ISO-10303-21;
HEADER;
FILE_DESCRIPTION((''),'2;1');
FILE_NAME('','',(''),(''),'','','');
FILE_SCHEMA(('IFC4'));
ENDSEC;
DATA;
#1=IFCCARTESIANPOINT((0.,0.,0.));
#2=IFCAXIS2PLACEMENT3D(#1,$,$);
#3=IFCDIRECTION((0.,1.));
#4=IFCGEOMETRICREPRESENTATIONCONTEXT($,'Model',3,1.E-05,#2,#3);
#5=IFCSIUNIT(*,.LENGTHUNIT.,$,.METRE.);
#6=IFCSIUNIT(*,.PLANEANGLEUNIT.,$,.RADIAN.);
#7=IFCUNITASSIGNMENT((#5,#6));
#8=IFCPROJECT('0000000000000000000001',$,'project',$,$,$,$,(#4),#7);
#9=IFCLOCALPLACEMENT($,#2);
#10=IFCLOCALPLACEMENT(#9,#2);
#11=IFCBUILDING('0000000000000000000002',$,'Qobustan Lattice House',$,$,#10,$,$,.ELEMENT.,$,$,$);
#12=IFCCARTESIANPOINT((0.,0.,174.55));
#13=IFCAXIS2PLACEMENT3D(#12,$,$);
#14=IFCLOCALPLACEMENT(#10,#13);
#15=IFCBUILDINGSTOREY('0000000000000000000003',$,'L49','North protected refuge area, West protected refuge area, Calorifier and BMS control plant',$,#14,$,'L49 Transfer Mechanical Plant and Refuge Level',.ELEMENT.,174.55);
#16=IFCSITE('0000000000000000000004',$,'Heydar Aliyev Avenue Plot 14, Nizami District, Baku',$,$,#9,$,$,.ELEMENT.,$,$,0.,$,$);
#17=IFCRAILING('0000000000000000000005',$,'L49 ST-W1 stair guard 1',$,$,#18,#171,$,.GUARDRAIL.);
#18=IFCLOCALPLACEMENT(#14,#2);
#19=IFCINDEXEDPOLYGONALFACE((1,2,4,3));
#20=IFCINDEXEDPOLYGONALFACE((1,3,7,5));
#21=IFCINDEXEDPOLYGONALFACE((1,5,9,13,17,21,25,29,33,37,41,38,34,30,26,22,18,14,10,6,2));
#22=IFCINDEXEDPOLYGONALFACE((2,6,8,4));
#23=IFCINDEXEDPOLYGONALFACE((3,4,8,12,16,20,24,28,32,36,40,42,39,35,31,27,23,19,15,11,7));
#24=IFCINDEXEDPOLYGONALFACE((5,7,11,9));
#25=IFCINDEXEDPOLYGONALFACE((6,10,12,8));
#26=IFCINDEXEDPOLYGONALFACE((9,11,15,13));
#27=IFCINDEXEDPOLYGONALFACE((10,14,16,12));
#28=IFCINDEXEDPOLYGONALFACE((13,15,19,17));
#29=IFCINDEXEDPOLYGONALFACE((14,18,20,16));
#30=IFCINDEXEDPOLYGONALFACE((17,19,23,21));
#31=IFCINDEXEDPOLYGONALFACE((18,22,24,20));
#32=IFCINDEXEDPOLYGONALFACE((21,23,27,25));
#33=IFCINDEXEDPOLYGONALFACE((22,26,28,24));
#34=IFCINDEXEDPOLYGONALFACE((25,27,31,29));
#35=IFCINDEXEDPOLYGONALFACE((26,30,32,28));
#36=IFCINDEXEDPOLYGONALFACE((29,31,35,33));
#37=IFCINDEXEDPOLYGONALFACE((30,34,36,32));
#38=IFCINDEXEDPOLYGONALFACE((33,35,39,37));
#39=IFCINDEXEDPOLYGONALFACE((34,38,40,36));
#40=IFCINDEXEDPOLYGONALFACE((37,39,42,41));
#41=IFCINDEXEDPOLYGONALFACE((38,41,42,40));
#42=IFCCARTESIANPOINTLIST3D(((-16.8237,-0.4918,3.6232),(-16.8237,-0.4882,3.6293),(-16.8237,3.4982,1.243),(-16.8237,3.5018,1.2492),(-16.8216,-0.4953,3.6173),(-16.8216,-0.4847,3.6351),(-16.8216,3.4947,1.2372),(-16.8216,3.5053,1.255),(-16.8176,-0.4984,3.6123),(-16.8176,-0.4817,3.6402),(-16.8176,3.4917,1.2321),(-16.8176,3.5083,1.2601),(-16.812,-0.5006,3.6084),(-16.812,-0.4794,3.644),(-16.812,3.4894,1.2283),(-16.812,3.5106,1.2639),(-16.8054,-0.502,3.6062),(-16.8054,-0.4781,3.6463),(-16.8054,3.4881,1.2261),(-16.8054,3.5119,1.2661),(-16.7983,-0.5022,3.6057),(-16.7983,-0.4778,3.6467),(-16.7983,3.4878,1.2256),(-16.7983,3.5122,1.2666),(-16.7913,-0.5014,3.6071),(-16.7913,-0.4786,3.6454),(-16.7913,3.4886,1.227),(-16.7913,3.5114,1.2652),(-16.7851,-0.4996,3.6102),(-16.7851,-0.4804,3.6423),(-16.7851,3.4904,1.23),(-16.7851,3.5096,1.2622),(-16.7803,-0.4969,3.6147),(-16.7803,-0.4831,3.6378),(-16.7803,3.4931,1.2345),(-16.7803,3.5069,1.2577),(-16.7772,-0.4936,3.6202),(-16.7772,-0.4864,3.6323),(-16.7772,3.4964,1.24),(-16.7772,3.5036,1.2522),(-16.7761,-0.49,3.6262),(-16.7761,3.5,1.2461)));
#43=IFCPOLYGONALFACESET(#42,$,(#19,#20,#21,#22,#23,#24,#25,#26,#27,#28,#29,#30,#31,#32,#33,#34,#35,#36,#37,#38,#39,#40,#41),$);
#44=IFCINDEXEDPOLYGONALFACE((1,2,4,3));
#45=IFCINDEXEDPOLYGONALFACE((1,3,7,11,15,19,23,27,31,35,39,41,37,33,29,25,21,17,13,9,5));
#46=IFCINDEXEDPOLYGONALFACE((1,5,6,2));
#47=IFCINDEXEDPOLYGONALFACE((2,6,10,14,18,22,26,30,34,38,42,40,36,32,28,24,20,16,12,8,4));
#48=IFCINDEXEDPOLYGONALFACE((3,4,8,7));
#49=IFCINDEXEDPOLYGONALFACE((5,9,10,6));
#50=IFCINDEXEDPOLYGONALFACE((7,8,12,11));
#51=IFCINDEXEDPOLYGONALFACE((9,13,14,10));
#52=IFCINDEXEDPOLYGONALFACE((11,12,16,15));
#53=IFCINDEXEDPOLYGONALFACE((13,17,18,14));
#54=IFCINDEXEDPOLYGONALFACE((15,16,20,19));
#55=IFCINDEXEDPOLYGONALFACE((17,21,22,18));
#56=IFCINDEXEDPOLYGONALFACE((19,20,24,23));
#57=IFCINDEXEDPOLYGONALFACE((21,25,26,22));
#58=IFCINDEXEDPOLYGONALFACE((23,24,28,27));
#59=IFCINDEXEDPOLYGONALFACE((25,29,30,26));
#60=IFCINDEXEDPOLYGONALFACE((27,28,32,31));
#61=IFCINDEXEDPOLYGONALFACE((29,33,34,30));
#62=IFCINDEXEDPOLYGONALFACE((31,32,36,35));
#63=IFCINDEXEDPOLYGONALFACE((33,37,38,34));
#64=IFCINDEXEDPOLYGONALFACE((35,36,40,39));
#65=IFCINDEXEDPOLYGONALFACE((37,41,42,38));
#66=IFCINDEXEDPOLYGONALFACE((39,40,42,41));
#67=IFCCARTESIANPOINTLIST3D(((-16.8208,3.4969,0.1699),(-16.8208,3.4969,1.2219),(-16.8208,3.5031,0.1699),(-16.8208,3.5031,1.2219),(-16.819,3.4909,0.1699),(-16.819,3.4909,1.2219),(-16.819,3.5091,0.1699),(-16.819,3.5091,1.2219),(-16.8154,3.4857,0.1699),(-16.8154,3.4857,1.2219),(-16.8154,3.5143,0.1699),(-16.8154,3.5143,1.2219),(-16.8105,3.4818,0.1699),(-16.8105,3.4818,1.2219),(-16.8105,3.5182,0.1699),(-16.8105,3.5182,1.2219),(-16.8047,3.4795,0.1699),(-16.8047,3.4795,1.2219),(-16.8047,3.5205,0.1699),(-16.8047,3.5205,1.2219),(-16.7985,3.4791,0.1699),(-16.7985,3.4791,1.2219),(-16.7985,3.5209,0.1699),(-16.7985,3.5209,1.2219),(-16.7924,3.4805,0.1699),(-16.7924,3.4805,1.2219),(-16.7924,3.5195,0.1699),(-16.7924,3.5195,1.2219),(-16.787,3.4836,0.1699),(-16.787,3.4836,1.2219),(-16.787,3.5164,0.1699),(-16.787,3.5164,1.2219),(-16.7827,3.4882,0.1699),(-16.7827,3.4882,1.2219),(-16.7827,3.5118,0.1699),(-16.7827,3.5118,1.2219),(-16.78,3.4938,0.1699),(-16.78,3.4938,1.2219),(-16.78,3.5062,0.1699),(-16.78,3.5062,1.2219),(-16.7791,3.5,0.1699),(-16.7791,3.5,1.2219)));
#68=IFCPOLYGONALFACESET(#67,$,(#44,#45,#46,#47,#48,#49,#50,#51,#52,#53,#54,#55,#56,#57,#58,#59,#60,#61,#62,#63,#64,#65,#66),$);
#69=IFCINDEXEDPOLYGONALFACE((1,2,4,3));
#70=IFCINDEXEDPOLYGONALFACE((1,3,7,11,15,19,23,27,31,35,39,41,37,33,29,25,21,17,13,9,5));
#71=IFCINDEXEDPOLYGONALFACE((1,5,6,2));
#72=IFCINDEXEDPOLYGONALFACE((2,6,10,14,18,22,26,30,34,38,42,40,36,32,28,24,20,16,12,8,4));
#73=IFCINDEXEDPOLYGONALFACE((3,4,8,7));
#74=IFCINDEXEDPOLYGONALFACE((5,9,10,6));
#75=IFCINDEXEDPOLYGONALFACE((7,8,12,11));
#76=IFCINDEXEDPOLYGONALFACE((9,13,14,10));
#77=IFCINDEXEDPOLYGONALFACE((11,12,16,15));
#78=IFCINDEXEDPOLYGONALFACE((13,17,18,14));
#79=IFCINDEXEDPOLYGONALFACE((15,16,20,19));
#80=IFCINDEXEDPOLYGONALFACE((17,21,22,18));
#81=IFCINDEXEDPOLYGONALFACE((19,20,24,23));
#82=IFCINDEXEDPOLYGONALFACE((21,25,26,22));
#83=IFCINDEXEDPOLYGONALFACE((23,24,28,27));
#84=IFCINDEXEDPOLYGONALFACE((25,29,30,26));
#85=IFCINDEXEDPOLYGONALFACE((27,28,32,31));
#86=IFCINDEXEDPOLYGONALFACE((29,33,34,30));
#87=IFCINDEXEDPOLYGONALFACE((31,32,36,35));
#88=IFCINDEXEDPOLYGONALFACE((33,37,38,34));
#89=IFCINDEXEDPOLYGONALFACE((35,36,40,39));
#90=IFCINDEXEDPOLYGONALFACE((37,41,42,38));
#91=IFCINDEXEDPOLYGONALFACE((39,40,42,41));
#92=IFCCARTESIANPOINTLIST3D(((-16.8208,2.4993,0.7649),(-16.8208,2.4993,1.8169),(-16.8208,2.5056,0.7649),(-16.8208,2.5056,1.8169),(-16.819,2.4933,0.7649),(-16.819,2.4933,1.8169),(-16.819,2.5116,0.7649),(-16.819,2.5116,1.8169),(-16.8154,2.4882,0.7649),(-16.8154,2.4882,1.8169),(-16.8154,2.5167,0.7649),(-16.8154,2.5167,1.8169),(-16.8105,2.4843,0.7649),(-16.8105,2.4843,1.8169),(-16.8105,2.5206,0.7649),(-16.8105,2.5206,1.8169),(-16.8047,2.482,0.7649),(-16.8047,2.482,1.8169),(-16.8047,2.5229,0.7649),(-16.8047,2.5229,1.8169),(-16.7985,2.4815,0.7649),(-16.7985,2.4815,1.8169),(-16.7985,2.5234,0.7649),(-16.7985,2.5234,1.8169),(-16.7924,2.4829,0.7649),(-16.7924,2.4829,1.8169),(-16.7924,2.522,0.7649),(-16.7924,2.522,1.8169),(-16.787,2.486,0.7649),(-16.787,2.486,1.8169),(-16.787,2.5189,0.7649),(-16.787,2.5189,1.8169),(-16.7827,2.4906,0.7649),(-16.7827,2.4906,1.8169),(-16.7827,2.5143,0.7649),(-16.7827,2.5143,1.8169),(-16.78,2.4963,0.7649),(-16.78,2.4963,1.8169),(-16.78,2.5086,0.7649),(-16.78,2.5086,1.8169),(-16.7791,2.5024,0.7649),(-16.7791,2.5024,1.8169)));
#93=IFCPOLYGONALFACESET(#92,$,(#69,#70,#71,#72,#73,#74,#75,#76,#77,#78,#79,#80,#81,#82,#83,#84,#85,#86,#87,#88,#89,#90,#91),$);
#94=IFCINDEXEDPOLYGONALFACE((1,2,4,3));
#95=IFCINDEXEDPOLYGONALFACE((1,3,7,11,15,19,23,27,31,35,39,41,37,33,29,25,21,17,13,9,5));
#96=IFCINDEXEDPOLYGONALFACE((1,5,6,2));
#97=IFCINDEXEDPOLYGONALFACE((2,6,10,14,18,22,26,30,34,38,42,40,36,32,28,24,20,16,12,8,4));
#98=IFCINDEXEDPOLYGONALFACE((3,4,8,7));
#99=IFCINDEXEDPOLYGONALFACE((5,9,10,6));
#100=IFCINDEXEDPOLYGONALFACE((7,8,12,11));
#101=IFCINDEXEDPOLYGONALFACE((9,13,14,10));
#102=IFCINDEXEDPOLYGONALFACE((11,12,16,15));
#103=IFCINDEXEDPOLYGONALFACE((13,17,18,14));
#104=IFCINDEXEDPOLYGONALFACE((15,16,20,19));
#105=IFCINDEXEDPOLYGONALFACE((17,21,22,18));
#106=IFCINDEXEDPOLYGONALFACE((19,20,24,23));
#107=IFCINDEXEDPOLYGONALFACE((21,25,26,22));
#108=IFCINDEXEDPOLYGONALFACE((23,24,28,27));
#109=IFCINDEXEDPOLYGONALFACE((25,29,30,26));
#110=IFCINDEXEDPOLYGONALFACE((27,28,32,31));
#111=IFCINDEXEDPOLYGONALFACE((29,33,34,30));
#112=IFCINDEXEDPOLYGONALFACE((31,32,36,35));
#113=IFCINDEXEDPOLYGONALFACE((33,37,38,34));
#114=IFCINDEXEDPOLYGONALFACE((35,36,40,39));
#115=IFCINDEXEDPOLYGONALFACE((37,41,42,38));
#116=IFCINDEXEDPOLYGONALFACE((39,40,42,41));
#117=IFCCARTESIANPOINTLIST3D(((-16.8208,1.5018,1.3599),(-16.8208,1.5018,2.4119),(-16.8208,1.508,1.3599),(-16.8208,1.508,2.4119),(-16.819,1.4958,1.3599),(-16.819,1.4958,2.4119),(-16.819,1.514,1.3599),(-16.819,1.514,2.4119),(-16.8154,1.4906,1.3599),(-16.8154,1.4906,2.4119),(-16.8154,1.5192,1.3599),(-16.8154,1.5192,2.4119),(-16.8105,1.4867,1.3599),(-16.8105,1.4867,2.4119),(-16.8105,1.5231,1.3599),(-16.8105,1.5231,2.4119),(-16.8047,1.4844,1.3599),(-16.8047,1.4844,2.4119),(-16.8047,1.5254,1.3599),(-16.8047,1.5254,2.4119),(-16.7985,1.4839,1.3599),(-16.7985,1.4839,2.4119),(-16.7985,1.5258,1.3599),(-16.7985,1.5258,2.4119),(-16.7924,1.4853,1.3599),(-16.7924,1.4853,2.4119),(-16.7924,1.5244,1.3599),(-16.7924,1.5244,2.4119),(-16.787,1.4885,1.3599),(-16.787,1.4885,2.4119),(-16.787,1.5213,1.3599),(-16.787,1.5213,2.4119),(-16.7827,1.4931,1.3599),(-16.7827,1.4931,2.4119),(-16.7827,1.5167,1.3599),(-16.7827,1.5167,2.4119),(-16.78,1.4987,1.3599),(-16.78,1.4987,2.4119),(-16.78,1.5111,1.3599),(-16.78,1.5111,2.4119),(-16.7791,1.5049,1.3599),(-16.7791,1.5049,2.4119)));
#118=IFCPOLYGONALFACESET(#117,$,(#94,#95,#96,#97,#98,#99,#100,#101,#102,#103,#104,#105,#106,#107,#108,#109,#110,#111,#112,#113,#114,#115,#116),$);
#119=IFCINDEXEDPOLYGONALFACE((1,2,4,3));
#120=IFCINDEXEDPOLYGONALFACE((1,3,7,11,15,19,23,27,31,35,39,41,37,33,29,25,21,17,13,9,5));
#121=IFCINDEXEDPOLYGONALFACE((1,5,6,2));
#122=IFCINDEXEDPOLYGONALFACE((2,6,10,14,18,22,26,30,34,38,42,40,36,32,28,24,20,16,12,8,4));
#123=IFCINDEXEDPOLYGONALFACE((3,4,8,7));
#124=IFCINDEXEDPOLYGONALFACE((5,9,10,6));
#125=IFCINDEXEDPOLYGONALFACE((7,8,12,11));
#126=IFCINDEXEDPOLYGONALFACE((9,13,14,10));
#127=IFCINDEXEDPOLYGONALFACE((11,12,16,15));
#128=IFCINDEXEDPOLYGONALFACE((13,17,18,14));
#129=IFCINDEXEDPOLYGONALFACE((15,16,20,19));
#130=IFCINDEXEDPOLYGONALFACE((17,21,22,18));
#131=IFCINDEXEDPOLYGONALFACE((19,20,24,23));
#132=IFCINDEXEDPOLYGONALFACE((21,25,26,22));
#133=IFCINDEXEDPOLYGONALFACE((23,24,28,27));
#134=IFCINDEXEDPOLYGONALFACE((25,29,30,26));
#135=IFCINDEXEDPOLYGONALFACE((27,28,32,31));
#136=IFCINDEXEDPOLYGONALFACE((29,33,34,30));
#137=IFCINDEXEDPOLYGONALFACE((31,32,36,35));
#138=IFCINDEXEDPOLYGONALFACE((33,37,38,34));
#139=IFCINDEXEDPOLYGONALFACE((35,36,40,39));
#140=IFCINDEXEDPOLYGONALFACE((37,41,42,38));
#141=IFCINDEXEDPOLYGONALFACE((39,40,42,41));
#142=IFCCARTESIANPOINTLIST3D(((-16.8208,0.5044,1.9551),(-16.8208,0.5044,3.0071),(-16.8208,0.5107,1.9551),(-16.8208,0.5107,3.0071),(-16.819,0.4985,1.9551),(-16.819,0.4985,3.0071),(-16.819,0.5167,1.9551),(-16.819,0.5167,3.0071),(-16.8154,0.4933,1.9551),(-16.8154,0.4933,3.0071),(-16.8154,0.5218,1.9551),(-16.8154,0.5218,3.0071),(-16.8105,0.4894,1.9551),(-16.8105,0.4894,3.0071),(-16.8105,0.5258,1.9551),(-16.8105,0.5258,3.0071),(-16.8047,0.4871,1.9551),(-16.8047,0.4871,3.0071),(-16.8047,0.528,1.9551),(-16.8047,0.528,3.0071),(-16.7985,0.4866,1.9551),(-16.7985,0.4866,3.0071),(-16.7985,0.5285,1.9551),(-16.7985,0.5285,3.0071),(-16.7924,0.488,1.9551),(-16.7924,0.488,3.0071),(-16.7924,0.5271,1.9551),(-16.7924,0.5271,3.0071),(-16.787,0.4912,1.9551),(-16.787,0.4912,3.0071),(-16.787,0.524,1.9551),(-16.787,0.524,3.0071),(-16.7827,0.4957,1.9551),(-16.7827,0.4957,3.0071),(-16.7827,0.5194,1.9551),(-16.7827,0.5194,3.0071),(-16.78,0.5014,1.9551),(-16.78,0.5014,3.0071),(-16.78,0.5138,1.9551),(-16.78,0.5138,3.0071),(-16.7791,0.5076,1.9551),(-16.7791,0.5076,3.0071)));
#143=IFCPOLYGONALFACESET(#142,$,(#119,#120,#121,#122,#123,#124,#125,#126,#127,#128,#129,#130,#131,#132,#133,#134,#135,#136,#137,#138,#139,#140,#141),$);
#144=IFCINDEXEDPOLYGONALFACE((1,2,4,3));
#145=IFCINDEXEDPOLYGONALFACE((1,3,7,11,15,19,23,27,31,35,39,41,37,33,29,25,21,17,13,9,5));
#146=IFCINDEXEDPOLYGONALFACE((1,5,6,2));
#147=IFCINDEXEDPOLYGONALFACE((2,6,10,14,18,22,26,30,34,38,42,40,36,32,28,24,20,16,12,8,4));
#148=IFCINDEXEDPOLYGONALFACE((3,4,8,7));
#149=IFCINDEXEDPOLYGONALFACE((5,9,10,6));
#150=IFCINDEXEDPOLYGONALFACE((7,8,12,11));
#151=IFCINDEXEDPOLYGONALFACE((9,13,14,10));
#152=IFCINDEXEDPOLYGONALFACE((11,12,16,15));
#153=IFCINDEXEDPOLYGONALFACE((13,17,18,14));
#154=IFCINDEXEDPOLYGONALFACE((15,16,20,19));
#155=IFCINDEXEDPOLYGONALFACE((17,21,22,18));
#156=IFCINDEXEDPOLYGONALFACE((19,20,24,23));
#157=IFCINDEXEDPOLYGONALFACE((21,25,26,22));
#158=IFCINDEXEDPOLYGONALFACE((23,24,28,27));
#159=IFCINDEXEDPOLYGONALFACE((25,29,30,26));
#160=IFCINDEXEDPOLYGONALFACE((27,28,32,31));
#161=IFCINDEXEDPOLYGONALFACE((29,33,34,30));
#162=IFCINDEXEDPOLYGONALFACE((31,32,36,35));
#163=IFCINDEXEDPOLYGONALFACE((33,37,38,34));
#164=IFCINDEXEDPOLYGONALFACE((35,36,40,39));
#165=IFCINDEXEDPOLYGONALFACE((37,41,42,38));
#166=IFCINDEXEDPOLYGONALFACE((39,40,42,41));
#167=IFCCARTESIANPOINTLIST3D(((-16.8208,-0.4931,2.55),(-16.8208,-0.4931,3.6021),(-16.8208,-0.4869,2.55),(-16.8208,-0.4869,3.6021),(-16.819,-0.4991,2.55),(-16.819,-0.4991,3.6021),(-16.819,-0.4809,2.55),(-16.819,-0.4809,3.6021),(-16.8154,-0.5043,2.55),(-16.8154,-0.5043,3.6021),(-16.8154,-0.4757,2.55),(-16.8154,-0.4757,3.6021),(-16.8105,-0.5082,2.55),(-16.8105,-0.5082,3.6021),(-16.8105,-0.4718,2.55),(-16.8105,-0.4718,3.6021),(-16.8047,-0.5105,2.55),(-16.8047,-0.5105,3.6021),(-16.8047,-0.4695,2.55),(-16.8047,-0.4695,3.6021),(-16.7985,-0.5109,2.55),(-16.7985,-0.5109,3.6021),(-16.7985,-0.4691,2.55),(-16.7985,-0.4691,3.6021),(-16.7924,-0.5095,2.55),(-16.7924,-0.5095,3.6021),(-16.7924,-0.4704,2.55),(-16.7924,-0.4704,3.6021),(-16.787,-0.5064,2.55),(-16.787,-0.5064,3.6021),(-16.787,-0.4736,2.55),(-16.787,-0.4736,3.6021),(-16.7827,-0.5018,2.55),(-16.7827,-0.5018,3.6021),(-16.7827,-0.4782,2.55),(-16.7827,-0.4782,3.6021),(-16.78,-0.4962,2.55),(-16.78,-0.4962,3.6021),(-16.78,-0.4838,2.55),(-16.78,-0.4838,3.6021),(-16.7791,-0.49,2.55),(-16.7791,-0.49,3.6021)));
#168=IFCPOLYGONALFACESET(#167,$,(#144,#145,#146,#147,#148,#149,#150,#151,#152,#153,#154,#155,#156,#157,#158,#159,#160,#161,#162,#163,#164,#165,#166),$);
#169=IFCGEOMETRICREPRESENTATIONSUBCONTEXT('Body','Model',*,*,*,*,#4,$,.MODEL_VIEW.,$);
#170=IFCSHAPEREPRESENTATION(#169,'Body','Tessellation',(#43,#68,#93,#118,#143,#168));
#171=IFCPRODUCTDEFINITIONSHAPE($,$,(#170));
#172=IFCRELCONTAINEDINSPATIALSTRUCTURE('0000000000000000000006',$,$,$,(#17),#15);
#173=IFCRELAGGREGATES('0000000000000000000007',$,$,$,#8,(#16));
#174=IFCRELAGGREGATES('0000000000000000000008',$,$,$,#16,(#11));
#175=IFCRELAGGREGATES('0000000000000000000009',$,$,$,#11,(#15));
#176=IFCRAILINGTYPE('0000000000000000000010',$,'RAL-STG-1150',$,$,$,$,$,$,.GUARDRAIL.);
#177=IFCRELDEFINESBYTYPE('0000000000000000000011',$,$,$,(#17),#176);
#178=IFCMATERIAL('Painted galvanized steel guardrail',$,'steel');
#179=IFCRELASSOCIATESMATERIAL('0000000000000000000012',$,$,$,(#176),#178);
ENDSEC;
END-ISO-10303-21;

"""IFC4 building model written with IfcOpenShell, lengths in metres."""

from ifc_helpers import new_model, si_unit, direction, frame, origin, origin_2d, place, context, subcontext, project, spatial, circle, extrude, material, type_object, element, save


model = new_model("IFC4")

# Units and contexts
model_context = context("Model", 3, precision=1e-05, world=origin(), true_north=direction((0.0, 1.0)))
body_context = subcontext(model_context, "Body", "Model", "MODEL_VIEW")
ifc_project = project(units=[si_unit("LENGTHUNIT", "METRE"), si_unit("PLANEANGLEUNIT", "RADIAN")], contexts=[model_context])

# Site, building, storey
site_placement = place(None, origin())
site = spatial("IfcSite", under=ifc_project, at=site_placement, Name="Heydar Aliyev Avenue Plot 14, Nizami District, Baku", CompositionType="ELEMENT", RefElevation=0.0)
building_placement = place(site_placement, origin())
building = spatial("IfcBuilding", under=site, at=building_placement, Name="Qobustan Lattice House", CompositionType="ELEMENT")
storey_placement = place(building_placement, frame((0.0, 0.0, 174.55)))
storey = spatial("IfcBuildingStorey", under=building, at=storey_placement, Name="L49", Description="North protected refuge area, West protected refuge area, Calorifier and BMS control plant", LongName="L49 Transfer Mechanical Plant and Refuge Level", CompositionType="ELEMENT", Elevation=174.55)

# Railing
ifc_material_1 = material(Name="Painted galvanized steel guardrail", Category="steel")
railing_type_1 = type_object("IfcRailingType", Name="RAL-STG-1150", PredefinedType="GUARDRAIL", material=ifc_material_1)
railing_1_placement = place(storey_placement, frame((-16.8, 3.5, 0.1699)))
element("IfcRailing", 1, at=railing_1_placement, inside=storey, type_object=railing_type_1, Name="L49 ST-W1 stair guard 1", PredefinedType="GUARDRAIL", context=body_context, shape_type="SweptSolid", body=[
    extrude(circle(Radius=0.0239, at=origin_2d()), frame((0.0, 0.0, 1.0762), z_axis=(0.0, -0.858807, 0.512299), x_axis=(1.0, 0.0, 0.0)), (0.0, 0.0, 1.0), 4.646),
    extrude(circle(Radius=0.021, at=origin_2d()), origin(), (0.0, 0.0, 1.0), 1.052),
    extrude(circle(Radius=0.021, at=origin_2d()), frame((0.0, -0.9976, 0.595)), (0.0, 0.0, 1.0), 1.052),
    extrude(circle(Radius=0.021, at=origin_2d()), frame((0.0, -1.9951, 1.1899)), (0.0, 0.0, 1.0), 1.052),
    extrude(circle(Radius=0.021, at=origin_2d()), frame((0.0, -2.9924, 1.7852)), (0.0, 0.0, 1.0), 1.052),
    extrude(circle(Radius=0.021, at=origin_2d()), frame((0.0, -3.99, 2.3801)), (0.0, 0.0, 1.0), 1.052),
])

save(model, "model.ifc")
